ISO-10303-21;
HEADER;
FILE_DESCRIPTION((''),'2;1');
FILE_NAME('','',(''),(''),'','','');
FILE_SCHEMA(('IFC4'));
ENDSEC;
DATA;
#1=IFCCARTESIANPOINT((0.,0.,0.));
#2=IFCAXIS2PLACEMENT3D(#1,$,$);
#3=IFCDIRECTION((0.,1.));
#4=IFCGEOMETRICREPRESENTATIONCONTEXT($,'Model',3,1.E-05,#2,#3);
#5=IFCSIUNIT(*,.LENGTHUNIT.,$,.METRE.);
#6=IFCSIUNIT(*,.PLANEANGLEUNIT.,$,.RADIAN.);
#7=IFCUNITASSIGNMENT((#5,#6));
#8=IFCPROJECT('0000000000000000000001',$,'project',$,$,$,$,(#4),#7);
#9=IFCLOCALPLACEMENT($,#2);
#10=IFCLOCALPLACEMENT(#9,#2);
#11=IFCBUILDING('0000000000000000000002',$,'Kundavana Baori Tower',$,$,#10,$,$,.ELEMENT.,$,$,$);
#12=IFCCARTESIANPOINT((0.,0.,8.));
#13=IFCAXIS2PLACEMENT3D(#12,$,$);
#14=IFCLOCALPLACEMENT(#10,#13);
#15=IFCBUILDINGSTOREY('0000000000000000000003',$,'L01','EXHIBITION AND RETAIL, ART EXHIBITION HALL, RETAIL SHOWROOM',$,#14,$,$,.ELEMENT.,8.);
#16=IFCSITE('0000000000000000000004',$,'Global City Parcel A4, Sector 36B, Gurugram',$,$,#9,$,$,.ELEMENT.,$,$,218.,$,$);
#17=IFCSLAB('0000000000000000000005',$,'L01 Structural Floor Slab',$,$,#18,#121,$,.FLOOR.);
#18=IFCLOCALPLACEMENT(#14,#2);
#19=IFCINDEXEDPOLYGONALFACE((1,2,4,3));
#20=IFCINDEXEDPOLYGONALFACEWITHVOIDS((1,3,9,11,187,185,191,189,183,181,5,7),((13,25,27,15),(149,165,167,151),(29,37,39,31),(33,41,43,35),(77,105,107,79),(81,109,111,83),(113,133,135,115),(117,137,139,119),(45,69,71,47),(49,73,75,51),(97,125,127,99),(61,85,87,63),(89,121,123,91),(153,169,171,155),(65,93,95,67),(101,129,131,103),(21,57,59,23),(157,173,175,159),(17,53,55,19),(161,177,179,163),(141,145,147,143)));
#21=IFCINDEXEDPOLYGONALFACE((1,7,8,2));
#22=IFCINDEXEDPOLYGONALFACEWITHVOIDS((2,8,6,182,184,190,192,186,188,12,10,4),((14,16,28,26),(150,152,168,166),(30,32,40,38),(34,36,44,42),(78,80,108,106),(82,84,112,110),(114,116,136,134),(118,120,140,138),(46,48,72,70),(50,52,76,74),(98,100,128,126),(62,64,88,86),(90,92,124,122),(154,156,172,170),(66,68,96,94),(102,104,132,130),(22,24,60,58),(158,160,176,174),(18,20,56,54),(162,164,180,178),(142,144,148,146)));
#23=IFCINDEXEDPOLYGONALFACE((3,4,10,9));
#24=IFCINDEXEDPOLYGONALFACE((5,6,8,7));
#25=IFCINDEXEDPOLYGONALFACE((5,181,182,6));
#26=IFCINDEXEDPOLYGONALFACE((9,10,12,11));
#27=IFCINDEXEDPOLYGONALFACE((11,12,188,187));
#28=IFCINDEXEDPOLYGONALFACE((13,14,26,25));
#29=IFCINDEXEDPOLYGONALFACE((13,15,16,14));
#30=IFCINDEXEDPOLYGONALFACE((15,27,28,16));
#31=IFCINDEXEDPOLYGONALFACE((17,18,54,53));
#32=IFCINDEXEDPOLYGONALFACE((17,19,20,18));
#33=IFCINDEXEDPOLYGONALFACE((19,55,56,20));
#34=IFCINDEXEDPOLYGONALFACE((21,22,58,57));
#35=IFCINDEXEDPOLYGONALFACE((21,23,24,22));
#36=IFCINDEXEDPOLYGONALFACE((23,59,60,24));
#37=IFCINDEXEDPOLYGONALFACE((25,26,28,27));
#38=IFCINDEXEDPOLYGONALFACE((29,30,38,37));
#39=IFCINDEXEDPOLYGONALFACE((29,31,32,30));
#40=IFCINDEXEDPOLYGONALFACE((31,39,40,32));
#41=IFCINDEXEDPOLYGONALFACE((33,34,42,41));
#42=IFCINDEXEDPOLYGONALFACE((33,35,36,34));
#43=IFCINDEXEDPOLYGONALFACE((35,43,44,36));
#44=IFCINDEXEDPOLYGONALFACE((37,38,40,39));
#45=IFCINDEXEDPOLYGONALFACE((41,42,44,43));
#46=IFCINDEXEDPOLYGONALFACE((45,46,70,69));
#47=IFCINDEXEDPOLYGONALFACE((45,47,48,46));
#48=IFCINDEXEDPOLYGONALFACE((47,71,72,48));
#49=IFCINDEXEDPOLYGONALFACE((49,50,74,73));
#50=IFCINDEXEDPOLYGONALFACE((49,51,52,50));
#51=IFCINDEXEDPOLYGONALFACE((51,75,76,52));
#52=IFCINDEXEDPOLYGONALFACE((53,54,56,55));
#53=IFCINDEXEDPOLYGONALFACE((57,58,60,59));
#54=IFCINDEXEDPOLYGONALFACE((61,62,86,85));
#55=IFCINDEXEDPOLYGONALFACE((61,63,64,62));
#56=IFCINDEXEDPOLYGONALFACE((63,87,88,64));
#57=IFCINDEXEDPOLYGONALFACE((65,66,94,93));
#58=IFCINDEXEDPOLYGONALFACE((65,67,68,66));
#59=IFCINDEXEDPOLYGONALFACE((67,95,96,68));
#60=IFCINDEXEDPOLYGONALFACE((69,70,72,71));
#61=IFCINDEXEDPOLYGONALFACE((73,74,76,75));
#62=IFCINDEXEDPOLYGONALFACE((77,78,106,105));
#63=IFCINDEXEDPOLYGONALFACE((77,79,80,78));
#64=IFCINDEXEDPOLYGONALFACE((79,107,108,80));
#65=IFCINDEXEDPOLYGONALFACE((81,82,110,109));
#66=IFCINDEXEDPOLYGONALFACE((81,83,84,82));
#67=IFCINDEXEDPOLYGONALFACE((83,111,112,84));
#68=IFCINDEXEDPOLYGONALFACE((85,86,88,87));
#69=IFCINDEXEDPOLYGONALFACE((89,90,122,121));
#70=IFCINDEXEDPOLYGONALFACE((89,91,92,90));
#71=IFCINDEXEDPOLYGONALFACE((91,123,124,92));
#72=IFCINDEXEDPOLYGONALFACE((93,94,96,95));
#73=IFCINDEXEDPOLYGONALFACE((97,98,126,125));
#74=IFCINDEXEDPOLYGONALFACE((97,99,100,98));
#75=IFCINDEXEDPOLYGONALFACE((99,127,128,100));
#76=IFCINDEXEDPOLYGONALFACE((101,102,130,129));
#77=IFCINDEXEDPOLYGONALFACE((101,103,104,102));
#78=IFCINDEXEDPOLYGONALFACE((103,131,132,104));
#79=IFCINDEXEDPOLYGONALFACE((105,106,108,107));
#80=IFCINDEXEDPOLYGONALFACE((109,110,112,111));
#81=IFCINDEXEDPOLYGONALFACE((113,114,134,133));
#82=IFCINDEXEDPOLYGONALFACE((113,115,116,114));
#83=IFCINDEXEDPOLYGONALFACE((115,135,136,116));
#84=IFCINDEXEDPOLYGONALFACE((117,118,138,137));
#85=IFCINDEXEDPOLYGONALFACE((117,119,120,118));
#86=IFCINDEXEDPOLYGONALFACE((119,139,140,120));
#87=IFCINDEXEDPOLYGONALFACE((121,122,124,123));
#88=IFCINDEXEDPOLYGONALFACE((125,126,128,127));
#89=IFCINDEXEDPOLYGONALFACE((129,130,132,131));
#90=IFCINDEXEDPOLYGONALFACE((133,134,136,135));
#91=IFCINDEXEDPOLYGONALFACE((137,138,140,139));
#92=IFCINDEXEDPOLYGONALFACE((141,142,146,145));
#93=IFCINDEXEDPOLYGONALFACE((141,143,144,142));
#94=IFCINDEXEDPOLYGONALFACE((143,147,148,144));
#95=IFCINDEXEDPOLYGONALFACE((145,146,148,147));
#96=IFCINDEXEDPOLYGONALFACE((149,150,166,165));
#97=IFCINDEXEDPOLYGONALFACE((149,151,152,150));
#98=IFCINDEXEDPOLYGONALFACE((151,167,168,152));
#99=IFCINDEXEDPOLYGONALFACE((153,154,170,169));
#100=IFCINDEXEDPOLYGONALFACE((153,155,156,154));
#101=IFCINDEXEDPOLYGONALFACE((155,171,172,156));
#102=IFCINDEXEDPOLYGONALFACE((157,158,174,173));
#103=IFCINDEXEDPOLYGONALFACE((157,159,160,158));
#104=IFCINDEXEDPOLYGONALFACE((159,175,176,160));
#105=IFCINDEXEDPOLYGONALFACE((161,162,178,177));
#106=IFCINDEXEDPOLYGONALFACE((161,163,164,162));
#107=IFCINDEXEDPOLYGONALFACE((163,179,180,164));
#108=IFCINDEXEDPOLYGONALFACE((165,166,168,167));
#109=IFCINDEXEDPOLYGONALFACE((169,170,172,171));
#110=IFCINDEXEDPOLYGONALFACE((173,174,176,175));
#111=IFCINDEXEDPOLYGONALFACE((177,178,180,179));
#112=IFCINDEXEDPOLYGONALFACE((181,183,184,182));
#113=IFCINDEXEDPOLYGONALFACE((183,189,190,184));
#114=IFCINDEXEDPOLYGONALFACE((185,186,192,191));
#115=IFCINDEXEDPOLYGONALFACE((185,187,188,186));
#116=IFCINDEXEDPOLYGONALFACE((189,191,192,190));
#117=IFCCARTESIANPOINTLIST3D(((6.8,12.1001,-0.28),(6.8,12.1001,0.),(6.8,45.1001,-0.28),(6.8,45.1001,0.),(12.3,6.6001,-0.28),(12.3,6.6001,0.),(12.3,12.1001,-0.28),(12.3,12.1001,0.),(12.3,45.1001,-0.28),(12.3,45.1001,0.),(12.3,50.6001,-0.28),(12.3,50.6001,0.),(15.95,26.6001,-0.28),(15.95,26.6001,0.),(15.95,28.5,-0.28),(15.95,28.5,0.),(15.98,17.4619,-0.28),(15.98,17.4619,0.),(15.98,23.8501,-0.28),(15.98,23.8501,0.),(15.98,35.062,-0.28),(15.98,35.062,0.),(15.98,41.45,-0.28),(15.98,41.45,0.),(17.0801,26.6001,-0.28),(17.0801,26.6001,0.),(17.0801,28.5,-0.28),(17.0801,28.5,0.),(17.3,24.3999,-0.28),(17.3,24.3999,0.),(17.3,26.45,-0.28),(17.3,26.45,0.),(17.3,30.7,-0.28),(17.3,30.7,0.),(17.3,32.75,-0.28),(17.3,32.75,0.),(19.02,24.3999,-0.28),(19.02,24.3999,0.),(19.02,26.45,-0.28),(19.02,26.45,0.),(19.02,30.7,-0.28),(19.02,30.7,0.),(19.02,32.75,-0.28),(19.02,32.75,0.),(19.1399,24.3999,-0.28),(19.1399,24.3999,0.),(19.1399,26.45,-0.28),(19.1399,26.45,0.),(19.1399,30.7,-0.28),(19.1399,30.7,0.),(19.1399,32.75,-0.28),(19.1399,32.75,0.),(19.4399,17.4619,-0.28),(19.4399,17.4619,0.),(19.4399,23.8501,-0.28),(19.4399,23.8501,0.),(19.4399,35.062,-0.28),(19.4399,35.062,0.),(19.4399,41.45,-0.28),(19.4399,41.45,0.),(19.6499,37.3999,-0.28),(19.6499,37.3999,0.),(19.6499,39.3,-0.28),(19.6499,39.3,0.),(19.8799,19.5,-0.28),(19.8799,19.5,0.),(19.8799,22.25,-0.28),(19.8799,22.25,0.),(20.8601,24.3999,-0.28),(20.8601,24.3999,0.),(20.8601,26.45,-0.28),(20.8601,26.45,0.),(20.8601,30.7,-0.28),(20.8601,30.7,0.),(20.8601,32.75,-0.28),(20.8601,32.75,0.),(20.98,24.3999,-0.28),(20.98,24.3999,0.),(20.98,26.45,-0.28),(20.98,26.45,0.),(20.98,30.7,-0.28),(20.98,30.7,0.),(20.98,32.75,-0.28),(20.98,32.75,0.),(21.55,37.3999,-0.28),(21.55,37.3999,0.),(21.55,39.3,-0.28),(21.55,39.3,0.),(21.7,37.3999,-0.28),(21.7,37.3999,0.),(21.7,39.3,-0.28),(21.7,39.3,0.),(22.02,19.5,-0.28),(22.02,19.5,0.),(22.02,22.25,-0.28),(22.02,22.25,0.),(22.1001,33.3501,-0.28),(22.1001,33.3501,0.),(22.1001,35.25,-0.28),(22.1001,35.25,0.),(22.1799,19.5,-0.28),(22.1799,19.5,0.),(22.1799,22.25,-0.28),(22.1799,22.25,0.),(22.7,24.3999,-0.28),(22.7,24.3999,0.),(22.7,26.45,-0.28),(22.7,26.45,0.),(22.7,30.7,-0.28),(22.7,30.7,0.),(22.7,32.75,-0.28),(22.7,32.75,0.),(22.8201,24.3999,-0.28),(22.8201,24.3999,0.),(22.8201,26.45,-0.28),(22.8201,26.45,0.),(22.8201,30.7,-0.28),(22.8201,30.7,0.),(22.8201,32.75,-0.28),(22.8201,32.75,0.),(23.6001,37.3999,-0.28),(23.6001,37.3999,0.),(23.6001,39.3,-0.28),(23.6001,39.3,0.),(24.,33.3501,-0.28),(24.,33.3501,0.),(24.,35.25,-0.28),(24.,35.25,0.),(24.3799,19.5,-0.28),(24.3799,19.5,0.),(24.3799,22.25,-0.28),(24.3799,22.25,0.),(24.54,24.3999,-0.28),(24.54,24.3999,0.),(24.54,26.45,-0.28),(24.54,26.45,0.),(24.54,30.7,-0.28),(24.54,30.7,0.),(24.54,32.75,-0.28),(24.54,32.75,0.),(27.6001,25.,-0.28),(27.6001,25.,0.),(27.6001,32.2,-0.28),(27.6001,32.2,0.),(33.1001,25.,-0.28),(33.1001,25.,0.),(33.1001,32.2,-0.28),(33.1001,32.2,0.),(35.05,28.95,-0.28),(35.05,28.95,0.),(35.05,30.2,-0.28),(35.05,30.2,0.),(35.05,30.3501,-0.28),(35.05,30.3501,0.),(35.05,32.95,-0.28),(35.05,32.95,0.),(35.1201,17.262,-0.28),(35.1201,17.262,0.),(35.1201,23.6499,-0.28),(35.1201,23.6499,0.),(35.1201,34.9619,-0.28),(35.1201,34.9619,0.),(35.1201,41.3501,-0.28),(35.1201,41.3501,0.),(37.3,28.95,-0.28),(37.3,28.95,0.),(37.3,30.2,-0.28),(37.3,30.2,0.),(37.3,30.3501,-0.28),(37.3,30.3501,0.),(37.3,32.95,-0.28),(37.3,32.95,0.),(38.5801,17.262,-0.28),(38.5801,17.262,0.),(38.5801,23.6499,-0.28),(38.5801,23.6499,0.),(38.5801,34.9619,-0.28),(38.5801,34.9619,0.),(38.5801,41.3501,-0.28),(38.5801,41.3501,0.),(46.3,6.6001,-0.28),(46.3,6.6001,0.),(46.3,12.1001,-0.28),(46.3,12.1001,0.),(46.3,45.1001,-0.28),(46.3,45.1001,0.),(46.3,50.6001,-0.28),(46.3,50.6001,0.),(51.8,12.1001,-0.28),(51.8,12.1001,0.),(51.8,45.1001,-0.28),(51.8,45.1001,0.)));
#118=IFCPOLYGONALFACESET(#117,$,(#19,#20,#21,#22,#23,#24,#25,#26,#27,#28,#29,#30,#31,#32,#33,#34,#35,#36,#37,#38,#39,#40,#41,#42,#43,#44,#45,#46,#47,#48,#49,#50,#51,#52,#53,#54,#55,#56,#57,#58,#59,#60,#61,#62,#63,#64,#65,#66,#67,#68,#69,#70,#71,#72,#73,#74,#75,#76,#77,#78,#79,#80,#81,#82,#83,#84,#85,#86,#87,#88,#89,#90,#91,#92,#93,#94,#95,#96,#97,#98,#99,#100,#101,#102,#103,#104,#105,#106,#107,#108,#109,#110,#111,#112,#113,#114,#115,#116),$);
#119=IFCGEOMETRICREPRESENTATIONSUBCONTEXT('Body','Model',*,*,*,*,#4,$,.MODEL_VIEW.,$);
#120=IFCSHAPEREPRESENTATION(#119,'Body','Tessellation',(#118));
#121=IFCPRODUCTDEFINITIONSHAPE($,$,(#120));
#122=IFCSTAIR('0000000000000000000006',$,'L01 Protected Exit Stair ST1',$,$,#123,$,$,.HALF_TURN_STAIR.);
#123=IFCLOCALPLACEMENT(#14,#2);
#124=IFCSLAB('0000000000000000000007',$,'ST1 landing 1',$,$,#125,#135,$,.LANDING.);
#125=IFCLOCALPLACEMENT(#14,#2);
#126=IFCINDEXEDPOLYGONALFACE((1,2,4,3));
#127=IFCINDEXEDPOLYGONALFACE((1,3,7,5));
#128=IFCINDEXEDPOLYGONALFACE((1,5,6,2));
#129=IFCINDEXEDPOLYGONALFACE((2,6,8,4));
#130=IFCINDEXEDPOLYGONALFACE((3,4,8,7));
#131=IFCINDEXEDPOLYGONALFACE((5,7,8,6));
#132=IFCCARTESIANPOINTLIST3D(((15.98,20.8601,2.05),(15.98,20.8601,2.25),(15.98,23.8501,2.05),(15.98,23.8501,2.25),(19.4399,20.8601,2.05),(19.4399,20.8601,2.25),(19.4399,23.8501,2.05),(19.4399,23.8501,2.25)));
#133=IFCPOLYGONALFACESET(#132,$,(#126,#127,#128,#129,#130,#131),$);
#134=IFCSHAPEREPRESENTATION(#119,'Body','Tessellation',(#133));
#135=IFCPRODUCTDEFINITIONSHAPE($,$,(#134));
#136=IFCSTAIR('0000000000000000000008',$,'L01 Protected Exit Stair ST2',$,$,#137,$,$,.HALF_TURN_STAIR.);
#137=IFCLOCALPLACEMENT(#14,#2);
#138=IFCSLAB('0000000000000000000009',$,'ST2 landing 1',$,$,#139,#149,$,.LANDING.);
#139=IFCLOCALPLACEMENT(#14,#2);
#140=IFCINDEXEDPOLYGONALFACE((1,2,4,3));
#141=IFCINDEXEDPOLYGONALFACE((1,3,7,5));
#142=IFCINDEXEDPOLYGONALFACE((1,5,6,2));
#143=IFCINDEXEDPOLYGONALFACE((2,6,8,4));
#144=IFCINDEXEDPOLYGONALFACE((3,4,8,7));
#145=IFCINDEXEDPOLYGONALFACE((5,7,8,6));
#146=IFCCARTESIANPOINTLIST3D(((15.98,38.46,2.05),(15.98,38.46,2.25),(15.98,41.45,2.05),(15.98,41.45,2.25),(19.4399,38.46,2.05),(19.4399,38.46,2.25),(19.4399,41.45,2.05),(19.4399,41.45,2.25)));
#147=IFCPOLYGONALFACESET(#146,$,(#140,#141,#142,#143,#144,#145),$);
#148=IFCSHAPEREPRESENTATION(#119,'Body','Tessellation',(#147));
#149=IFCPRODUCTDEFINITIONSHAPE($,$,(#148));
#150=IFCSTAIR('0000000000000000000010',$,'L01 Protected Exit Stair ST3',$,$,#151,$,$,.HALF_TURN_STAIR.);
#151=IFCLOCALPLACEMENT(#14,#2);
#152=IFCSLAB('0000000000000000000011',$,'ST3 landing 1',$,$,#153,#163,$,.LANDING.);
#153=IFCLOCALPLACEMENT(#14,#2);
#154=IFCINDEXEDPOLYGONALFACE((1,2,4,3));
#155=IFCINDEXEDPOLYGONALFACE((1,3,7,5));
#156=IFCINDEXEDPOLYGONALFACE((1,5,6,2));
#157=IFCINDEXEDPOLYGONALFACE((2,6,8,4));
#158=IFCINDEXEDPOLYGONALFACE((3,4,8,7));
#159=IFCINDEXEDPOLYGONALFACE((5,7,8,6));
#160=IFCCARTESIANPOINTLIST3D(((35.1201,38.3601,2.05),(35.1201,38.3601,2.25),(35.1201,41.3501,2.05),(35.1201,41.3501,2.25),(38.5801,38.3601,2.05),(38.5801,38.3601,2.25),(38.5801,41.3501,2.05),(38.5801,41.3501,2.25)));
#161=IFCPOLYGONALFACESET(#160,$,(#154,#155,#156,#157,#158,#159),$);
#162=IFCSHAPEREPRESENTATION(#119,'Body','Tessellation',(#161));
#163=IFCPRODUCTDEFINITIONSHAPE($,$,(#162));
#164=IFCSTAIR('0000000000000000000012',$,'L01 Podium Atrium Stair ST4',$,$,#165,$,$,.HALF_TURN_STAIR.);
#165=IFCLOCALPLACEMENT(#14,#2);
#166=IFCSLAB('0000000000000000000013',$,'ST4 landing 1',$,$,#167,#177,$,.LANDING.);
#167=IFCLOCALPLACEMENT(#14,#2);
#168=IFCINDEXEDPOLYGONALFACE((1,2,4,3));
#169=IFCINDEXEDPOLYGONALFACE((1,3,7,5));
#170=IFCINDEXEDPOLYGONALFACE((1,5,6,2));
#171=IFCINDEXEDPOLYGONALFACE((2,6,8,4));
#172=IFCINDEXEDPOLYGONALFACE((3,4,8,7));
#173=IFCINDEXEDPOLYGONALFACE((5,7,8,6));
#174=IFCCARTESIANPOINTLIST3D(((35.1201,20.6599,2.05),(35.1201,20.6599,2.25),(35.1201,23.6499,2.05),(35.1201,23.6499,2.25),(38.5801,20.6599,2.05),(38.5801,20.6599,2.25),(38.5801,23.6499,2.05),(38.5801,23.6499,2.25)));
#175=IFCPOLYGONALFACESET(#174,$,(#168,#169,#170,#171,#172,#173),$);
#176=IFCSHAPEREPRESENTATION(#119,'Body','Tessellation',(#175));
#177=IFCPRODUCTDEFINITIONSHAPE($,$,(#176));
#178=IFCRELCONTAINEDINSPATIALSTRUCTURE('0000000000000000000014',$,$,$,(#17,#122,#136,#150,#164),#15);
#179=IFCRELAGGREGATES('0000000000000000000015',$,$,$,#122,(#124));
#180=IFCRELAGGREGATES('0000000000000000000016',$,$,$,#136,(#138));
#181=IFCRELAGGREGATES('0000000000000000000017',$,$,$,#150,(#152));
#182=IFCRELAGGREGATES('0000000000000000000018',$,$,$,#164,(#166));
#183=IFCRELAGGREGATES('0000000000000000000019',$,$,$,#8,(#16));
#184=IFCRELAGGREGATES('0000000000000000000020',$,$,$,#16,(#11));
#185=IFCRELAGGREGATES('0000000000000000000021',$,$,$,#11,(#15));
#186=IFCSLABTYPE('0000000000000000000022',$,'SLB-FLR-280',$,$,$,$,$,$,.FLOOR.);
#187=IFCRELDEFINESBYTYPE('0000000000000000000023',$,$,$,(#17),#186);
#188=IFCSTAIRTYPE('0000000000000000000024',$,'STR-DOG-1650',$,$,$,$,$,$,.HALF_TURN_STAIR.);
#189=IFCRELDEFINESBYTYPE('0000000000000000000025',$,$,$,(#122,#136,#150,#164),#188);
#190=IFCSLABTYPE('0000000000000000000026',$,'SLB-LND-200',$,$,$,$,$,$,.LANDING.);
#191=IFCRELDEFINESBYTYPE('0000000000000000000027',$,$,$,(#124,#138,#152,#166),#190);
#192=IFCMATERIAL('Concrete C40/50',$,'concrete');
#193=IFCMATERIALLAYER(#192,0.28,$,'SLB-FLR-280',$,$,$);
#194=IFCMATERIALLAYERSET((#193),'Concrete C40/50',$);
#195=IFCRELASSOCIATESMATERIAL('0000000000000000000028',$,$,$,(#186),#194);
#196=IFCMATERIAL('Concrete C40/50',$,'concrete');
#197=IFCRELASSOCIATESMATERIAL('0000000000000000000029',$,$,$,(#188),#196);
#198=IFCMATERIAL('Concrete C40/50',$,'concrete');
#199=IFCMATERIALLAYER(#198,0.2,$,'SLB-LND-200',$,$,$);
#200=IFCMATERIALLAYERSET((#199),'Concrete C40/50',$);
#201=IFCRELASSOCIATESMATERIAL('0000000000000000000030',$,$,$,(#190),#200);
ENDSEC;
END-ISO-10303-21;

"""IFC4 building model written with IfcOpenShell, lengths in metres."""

from ifc_helpers import new_model, si_unit, direction, frame, origin, place, context, subcontext, project, spatial, polyline, outline, extrude, material, layer, layer_set, type_object, element, aggregate, save


model = new_model("IFC4")

# Units and contexts
model_context = context("Model", 3, precision=1e-05, world=origin(), true_north=direction((0.0, 1.0)))
body_context = subcontext(model_context, "Body", "Model", "MODEL_VIEW")
ifc_project = project(units=[si_unit("LENGTHUNIT", "METRE"), si_unit("PLANEANGLEUNIT", "RADIAN")], contexts=[model_context])

# Site, building, storey
site_placement = place(None, origin())
site = spatial("IfcSite", under=ifc_project, at=site_placement, Name="Global City Parcel A4, Sector 36B, Gurugram", CompositionType="ELEMENT", RefElevation=218.0)
building_placement = place(site_placement, origin())
building = spatial("IfcBuilding", under=site, at=building_placement, Name="Kundavana Baori Tower", CompositionType="ELEMENT")
storey_placement = place(building_placement, frame((0.0, 0.0, 8.0)))
storey = spatial("IfcBuildingStorey", under=building, at=storey_placement, Name="L01", Description="EXHIBITION AND RETAIL, ART EXHIBITION HALL, RETAIL SHOWROOM", CompositionType="ELEMENT", Elevation=8.0)

# Slab
ifc_material_1 = material(Name="Concrete C40/50", Category="concrete")
ifc_layer_1 = layer(ifc_material_1, 0.28, Name="SLB-FLR-280")
ifc_layer_set_1 = layer_set([ifc_layer_1], Name="Concrete C40/50")
slab_type_1 = type_object("IfcSlabType", Name="SLB-FLR-280", PredefinedType="FLOOR", material=ifc_layer_set_1)
slab_1_placement = place(storey_placement, frame((0.0, 0.0, -0.28)))
element("IfcSlab", 1, at=slab_1_placement, inside=storey, type_object=slab_type_1, Name="L01 Structural Floor Slab", PredefinedType="FLOOR", context=body_context, shape_type="SweptSolid", body=[
    extrude(outline(polyline([(12.3, 6.6001), (46.3, 6.6001), (46.3, 12.1001), (51.8, 12.1001), (51.8, 45.1001), (46.3, 45.1001), (46.3, 50.6001), (12.3, 50.6001), (12.3, 45.1001), (6.8, 45.1001), (6.8, 12.1001), (12.3, 12.1001), (12.3, 6.6001)]), holes=[polyline([(19.4399, 17.4619), (19.4399, 23.8501), (15.98, 23.8501), (15.98, 17.4619), (19.4399, 17.4619)]), polyline([(19.4399, 35.062), (19.4399, 41.45), (15.98, 41.45), (15.98, 35.062), (19.4399, 35.062)]), polyline([(38.5801, 34.9619), (38.5801, 41.3501), (35.1201, 41.3501), (35.1201, 34.9619), (38.5801, 34.9619)]), polyline([(38.5801, 17.262), (38.5801, 23.6499), (35.1201, 23.6499), (35.1201, 17.262), (38.5801, 17.262)]), polyline([(17.3, 24.3999), (19.02, 24.3999), (19.02, 26.45), (17.3, 26.45), (17.3, 24.3999)]), polyline([(19.1399, 24.3999), (20.8601, 24.3999), (20.8601, 26.45), (19.1399, 26.45), (19.1399, 24.3999)]), polyline([(20.98, 24.3999), (22.7, 24.3999), (22.7, 26.45), (20.98, 26.45), (20.98, 24.3999)]), polyline([(22.8201, 24.3999), (24.54, 24.3999), (24.54, 26.45), (22.8201, 26.45), (22.8201, 24.3999)]), polyline([(17.3, 30.7), (19.02, 30.7), (19.02, 32.75), (17.3, 32.75), (17.3, 30.7)]), polyline([(19.1399, 30.7), (20.8601, 30.7), (20.8601, 32.75), (19.1399, 32.75), (19.1399, 30.7)]), polyline([(20.98, 30.7), (22.7, 30.7), (22.7, 32.75), (20.98, 32.75), (20.98, 30.7)]), polyline([(22.8201, 30.7), (24.54, 30.7), (24.54, 32.75), (22.8201, 32.75), (22.8201, 30.7)]), polyline([(19.6499, 37.3999), (21.55, 37.3999), (21.55, 39.3), (19.6499, 39.3), (19.6499, 37.3999)]), polyline([(21.7, 37.3999), (23.6001, 37.3999), (23.6001, 39.3), (21.7, 39.3), (21.7, 37.3999)]), polyline([(22.1001, 33.3501), (24.0, 33.3501), (24.0, 35.25), (22.1001, 35.25), (22.1001, 33.3501)]), polyline([(19.8799, 19.5), (22.02, 19.5), (22.02, 22.25), (19.8799, 22.25), (19.8799, 19.5)]), polyline([(22.1799, 19.5), (24.3799, 19.5), (24.3799, 22.25), (22.1799, 22.25), (22.1799, 19.5)]), polyline([(35.05, 30.3501), (37.3, 30.3501), (37.3, 32.95), (35.05, 32.95), (35.05, 30.3501)]), polyline([(15.95, 26.6001), (17.0801, 26.6001), (17.0801, 28.5), (15.95, 28.5), (15.95, 26.6001)]), polyline([(35.05, 28.95), (37.3, 28.95), (37.3, 30.2), (35.05, 30.2), (35.05, 28.95)]), polyline([(27.6001, 25.0), (33.1001, 25.0), (33.1001, 32.2), (27.6001, 32.2), (27.6001, 25.0)])]), origin(), (0.0, 0.0, 1.0), 0.28),
])

# Stairs, slabs
ifc_material_2 = material(Name="Concrete C40/50", Category="concrete")
stair_type = type_object("IfcStairType", Name="STR-DOG-1650", PredefinedType="HALF_TURN_STAIR", material=ifc_material_2)
stair_1_placement = place(storey_placement, origin())
stair_1 = element("IfcStair", 2, at=stair_1_placement, inside=storey, type_object=stair_type, Name="L01 Protected Exit Stair ST1", PredefinedType="HALF_TURN_STAIR")
ifc_material_3 = material(Name="Concrete C40/50", Category="concrete")
ifc_layer_2 = layer(ifc_material_3, 0.2, Name="SLB-LND-200")
ifc_layer_set_2 = layer_set([ifc_layer_2], Name="Concrete C40/50")
slab_type_2 = type_object("IfcSlabType", Name="SLB-LND-200", PredefinedType="LANDING", material=ifc_layer_set_2)
slab_2_placement = place(storey_placement, frame((0.0, 0.0, 2.05)))
slab_2 = element("IfcSlab", 3, at=slab_2_placement, type_object=slab_type_2, Name="ST1 landing 1", PredefinedType="LANDING", context=body_context, shape_type="SweptSolid", body=[
    extrude(outline(polyline([(19.4399, 20.8601), (19.4399, 23.8501), (15.98, 23.8501), (15.98, 20.8601), (19.4399, 20.8601)])), origin(), (0.0, 0.0, 1.0), 0.2),
])
aggregate(stair_1, [slab_2])
stair_2_placement = place(storey_placement, origin())
stair_2 = element("IfcStair", 4, at=stair_2_placement, inside=storey, type_object=stair_type, Name="L01 Protected Exit Stair ST2", PredefinedType="HALF_TURN_STAIR")
slab_3_placement = place(storey_placement, frame((0.0, 0.0, 2.05)))
slab_3 = element("IfcSlab", 5, at=slab_3_placement, type_object=slab_type_2, Name="ST2 landing 1", PredefinedType="LANDING", context=body_context, shape_type="SweptSolid", body=[
    extrude(outline(polyline([(19.4399, 38.46), (19.4399, 41.45), (15.98, 41.45), (15.98, 38.46), (19.4399, 38.46)])), origin(), (0.0, 0.0, 1.0), 0.2),
])
aggregate(stair_2, [slab_3])
stair_3_placement = place(storey_placement, origin())
stair_3 = element("IfcStair", 6, at=stair_3_placement, inside=storey, type_object=stair_type, Name="L01 Protected Exit Stair ST3", PredefinedType="HALF_TURN_STAIR")
slab_4_placement = place(storey_placement, frame((0.0, 0.0, 2.05)))
slab_4 = element("IfcSlab", 7, at=slab_4_placement, type_object=slab_type_2, Name="ST3 landing 1", PredefinedType="LANDING", context=body_context, shape_type="SweptSolid", body=[
    extrude(outline(polyline([(38.5801, 38.3601), (38.5801, 41.3501), (35.1201, 41.3501), (35.1201, 38.3601), (38.5801, 38.3601)])), origin(), (0.0, 0.0, 1.0), 0.2),
])
aggregate(stair_3, [slab_4])
stair_4_placement = place(storey_placement, origin())
stair_4 = element("IfcStair", 8, at=stair_4_placement, inside=storey, type_object=stair_type, Name="L01 Podium Atrium Stair ST4", PredefinedType="HALF_TURN_STAIR")
slab_5_placement = place(storey_placement, frame((0.0, 0.0, 2.05)))
slab_5 = element("IfcSlab", 9, at=slab_5_placement, type_object=slab_type_2, Name="ST4 landing 1", PredefinedType="LANDING", context=body_context, shape_type="SweptSolid", body=[
    extrude(outline(polyline([(38.5801, 20.6599), (38.5801, 23.6499), (35.1201, 23.6499), (35.1201, 20.6599), (38.5801, 20.6599)])), origin(), (0.0, 0.0, 1.0), 0.2),
])
aggregate(stair_4, [slab_5])

save(model, "model.ifc")
